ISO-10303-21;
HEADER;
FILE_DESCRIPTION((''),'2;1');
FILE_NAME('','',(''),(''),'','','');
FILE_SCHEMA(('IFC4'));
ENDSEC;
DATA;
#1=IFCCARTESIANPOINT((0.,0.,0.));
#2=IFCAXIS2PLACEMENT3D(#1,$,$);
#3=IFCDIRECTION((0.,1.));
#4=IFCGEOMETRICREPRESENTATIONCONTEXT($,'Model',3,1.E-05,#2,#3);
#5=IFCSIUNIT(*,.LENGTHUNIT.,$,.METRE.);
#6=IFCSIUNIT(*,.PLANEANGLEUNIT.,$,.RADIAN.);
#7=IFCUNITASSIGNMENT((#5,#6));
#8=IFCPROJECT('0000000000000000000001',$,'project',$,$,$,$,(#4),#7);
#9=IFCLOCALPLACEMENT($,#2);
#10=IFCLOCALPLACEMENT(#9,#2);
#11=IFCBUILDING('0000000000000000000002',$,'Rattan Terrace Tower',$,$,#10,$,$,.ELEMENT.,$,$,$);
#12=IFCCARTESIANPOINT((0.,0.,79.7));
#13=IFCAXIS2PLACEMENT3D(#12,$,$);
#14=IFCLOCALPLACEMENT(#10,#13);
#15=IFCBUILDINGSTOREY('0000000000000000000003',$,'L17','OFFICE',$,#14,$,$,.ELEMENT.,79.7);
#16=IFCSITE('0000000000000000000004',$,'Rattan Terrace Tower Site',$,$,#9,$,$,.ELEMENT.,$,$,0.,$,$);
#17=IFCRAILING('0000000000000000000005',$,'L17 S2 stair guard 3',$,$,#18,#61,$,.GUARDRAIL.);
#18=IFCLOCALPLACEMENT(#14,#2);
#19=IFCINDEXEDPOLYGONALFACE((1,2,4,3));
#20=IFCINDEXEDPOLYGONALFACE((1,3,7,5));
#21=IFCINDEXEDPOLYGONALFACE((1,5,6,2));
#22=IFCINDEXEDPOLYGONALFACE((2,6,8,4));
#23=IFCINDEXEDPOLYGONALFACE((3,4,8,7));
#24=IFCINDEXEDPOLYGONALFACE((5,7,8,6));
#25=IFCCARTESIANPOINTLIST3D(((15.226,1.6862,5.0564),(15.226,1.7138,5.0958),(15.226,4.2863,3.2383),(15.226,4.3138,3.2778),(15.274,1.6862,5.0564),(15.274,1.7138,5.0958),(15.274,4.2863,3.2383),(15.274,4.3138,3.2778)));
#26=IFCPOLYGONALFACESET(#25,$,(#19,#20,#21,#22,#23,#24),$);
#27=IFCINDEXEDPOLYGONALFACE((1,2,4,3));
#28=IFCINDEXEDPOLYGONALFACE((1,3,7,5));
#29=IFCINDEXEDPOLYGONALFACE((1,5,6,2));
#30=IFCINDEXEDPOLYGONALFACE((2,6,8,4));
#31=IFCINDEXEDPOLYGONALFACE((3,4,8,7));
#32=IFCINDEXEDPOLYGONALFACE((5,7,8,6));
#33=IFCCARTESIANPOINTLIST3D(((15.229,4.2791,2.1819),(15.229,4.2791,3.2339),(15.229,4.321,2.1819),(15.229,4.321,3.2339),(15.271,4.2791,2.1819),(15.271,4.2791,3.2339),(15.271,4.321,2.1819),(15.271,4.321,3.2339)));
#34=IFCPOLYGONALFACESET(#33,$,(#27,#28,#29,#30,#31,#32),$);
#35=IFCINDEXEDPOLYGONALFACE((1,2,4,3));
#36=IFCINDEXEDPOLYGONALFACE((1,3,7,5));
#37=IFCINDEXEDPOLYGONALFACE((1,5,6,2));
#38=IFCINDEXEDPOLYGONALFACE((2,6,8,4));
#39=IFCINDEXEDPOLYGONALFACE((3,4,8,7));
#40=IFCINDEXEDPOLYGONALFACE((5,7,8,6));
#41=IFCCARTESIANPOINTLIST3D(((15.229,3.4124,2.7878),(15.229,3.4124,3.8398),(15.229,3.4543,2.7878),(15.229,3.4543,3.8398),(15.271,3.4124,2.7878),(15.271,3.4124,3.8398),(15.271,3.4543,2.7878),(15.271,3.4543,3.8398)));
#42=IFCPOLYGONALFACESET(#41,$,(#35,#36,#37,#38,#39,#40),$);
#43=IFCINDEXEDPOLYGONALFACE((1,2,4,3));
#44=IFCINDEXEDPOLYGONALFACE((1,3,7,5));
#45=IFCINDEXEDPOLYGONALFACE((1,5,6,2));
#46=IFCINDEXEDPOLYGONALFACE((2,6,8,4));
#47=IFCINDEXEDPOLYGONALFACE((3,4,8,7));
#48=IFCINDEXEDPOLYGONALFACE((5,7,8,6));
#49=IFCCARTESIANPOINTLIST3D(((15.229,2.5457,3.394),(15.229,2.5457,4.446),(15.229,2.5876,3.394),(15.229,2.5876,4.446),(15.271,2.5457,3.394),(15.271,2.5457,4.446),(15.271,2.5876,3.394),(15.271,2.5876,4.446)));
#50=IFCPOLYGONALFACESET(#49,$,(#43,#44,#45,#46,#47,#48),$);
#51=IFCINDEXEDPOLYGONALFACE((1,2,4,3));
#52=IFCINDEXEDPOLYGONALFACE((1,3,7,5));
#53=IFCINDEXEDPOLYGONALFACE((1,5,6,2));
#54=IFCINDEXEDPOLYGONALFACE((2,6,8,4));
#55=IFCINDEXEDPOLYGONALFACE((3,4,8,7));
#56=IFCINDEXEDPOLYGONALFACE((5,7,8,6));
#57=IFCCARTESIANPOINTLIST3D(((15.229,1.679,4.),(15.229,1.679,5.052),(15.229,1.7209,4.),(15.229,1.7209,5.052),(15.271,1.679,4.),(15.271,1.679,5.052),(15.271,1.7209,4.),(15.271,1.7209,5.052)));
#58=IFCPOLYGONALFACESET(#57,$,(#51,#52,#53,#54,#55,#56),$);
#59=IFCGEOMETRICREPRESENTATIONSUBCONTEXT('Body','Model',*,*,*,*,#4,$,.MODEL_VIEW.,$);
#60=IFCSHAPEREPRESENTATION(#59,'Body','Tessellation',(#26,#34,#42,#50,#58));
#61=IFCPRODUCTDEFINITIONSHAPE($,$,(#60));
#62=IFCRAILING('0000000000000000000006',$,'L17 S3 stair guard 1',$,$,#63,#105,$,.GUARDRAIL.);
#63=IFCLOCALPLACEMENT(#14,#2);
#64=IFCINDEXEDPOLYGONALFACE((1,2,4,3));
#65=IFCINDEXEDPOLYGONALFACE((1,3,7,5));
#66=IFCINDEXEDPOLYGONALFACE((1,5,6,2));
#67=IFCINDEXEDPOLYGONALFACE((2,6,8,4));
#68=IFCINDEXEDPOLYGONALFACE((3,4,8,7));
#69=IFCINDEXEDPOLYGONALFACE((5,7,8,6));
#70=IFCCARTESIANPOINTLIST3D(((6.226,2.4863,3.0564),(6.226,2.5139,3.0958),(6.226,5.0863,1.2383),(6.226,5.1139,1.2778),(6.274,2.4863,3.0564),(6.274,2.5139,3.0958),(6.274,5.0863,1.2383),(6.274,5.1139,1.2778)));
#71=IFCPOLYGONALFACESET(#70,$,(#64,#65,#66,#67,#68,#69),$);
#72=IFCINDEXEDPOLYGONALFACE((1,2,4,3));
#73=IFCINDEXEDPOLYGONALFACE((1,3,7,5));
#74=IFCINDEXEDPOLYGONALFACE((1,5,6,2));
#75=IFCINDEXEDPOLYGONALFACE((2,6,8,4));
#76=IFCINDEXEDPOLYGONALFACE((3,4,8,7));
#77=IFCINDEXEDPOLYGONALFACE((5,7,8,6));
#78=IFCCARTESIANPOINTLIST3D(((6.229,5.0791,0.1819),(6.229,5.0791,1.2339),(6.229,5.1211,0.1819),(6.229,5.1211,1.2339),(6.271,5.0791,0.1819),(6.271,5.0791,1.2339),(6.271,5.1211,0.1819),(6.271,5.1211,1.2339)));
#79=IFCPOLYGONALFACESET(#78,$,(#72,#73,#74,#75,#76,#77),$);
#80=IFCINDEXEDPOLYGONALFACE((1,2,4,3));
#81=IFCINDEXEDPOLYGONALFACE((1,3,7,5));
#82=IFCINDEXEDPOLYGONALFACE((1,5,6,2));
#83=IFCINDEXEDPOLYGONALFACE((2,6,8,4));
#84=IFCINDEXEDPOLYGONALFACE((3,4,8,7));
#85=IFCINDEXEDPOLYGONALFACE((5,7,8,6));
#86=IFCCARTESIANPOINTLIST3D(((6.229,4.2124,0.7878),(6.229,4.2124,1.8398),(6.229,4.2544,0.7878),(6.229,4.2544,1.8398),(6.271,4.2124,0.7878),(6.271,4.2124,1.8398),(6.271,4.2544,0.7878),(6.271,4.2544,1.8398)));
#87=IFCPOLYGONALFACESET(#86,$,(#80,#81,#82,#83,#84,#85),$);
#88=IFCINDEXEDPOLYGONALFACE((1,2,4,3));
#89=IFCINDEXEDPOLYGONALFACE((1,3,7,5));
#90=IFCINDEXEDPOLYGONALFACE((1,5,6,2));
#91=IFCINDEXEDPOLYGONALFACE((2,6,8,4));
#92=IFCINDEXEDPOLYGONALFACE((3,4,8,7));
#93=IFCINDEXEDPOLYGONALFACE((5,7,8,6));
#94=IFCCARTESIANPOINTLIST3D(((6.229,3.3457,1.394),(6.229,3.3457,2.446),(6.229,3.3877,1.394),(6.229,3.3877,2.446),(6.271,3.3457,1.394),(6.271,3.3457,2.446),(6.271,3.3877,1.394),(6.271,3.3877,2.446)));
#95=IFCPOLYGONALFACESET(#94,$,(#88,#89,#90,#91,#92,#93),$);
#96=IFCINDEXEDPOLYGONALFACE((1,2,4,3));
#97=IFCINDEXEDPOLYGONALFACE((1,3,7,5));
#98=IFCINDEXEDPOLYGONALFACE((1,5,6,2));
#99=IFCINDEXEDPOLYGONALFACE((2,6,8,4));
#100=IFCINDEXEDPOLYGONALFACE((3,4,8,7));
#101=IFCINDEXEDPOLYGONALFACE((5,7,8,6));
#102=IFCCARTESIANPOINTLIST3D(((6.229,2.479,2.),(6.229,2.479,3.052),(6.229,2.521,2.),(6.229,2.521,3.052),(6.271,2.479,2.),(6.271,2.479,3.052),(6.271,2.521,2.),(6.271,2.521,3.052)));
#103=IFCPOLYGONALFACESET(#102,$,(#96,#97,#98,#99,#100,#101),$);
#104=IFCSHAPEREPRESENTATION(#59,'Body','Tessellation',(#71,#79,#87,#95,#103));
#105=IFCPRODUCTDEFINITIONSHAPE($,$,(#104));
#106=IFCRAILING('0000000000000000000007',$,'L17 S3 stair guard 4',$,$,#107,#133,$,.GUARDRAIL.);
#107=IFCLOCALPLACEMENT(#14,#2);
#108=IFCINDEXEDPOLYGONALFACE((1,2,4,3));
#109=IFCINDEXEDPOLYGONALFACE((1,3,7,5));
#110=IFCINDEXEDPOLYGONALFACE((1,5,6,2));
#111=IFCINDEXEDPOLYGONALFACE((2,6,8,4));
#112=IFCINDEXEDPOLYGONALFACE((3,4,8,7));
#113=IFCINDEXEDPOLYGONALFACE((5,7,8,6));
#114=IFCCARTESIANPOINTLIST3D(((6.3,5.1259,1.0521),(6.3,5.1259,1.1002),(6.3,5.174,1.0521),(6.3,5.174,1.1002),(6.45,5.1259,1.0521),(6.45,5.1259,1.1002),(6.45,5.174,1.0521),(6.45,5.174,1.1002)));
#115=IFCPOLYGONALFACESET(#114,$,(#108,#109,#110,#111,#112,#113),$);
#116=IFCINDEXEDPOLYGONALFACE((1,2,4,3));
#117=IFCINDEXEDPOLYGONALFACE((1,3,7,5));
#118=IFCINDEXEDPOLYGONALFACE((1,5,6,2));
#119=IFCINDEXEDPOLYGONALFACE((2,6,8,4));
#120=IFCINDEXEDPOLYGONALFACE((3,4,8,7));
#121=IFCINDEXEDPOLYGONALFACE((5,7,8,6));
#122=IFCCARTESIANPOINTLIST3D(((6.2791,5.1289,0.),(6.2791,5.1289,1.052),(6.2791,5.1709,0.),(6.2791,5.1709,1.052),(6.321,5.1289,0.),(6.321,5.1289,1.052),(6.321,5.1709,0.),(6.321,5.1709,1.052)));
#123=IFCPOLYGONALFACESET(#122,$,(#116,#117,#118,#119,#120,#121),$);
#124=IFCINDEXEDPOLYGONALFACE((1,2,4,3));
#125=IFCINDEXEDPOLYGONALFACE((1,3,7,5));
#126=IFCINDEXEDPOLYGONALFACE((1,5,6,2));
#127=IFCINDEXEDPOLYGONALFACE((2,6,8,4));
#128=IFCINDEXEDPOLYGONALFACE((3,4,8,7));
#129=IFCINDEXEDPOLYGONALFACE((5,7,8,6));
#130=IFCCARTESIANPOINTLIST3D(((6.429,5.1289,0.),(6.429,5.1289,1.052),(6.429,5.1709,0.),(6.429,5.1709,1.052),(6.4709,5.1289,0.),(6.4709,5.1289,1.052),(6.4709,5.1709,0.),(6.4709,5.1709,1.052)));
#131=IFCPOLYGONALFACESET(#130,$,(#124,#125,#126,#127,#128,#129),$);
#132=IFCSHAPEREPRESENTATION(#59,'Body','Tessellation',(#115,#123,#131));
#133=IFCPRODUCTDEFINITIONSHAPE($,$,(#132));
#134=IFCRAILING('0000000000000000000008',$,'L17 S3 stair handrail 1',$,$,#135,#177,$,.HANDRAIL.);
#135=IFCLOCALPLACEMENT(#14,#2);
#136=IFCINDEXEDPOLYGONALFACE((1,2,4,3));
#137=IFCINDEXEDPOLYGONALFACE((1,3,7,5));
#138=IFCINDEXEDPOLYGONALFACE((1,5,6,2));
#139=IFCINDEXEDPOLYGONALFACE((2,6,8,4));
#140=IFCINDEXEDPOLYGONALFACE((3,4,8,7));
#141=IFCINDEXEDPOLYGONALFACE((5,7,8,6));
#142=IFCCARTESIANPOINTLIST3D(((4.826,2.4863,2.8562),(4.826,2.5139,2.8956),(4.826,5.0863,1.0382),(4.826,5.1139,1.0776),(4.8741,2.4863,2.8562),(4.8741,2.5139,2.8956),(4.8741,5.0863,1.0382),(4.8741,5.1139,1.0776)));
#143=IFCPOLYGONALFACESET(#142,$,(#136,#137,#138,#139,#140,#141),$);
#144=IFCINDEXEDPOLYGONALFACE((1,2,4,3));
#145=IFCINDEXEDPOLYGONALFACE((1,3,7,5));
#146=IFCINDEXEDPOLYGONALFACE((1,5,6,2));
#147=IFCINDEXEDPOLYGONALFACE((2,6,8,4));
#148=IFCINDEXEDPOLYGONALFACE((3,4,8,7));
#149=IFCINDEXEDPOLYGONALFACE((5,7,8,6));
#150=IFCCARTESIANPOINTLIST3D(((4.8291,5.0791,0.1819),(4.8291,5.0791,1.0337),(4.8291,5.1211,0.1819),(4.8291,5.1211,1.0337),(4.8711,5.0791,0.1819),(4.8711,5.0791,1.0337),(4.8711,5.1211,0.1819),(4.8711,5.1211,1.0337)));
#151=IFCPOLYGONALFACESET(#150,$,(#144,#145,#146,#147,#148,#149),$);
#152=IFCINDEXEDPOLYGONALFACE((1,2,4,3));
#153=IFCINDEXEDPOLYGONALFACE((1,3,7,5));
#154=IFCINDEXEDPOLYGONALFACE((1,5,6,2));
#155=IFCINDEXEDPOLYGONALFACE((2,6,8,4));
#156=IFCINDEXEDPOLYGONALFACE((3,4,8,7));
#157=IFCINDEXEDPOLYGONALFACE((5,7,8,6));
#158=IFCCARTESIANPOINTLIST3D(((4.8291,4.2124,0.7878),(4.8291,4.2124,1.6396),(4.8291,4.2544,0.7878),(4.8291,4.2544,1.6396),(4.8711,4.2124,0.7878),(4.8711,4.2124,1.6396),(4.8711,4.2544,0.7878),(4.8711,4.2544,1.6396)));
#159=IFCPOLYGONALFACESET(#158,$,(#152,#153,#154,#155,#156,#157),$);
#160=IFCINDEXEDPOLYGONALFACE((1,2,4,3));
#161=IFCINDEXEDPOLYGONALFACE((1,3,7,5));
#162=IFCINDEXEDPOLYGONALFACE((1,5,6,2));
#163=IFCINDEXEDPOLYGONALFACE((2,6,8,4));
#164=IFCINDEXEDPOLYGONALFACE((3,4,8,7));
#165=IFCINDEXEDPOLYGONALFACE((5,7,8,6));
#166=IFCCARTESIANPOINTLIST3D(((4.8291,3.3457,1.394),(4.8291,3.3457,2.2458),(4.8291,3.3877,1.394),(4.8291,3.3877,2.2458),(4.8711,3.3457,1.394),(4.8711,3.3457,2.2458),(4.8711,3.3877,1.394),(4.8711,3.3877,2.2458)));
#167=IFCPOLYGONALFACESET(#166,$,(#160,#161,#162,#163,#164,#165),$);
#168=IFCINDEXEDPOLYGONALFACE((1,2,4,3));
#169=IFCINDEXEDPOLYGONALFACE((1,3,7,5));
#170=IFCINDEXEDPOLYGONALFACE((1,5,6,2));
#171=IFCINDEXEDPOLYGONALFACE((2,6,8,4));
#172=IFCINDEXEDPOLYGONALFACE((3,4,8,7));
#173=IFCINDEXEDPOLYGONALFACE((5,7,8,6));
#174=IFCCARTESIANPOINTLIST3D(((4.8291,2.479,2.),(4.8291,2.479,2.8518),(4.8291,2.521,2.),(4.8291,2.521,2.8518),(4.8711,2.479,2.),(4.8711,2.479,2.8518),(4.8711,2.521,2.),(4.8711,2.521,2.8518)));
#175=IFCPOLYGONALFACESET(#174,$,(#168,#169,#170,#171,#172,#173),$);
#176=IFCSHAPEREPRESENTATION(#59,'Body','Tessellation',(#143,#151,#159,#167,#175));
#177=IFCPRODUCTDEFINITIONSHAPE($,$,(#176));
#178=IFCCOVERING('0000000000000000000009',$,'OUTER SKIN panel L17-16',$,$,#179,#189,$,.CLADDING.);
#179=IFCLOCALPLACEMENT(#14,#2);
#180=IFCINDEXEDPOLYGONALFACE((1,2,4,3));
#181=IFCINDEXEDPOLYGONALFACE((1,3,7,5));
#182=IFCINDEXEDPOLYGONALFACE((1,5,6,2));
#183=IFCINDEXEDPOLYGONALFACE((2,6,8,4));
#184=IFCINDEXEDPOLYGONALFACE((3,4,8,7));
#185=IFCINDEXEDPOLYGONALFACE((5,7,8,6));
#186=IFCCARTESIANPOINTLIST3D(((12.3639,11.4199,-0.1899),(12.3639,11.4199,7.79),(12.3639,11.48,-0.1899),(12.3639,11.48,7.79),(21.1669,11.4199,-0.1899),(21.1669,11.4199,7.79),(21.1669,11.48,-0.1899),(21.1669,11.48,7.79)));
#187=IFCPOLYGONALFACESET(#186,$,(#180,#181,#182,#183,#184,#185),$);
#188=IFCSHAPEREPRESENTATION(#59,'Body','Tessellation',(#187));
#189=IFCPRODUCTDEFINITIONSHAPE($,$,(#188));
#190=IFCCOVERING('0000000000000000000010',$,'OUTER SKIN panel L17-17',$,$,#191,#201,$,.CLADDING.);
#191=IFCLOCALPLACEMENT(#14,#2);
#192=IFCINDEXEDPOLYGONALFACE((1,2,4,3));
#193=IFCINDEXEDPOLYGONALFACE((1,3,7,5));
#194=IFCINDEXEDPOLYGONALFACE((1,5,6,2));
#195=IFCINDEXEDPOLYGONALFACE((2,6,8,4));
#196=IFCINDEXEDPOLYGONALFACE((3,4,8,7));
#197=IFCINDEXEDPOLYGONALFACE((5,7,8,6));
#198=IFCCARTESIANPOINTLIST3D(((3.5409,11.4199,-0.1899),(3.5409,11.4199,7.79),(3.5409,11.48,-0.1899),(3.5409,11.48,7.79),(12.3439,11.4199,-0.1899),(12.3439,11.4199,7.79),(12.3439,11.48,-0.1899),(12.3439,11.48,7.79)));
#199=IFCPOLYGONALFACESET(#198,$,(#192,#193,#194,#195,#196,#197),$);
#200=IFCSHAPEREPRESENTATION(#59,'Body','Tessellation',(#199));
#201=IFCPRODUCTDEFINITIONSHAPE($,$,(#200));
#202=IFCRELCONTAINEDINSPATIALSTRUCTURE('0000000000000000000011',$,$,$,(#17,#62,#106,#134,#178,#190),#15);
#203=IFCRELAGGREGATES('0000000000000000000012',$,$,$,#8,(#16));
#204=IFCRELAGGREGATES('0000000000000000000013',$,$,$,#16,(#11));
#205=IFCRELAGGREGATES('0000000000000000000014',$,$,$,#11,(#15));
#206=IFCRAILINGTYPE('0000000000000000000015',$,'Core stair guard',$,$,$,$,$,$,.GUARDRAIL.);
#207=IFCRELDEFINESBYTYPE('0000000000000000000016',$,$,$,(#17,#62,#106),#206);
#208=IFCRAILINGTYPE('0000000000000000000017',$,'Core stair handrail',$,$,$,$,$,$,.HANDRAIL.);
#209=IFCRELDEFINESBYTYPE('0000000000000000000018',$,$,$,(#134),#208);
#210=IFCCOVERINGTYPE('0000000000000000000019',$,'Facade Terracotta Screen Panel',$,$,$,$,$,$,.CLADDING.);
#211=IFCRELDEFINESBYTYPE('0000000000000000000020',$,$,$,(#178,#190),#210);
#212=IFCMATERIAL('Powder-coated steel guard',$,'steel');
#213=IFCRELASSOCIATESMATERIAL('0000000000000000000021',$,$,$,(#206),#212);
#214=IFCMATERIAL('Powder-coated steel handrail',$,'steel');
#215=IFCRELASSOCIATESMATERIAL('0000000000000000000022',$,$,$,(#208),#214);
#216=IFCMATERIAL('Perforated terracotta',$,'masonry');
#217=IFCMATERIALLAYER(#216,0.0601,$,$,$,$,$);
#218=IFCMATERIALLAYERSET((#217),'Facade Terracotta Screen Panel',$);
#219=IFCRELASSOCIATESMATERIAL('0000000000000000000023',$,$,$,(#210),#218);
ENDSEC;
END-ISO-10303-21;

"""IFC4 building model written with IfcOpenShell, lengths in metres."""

from ifc_helpers import new_model, si_unit, direction, frame, origin, origin_2d, place, context, subcontext, project, spatial, rectangle, extrude, material, layer, layer_set, type_object, element, save


model = new_model("IFC4")

# Units and contexts
model_context = context("Model", 3, precision=1e-05, world=origin(), true_north=direction((0.0, 1.0)))
body_context = subcontext(model_context, "Body", "Model", "MODEL_VIEW")
ifc_project = project(units=[si_unit("LENGTHUNIT", "METRE"), si_unit("PLANEANGLEUNIT", "RADIAN")], contexts=[model_context])

# Site, building, storey
site_placement = place(None, origin())
site = spatial("IfcSite", under=ifc_project, at=site_placement, Name="Rattan Terrace Tower Site", CompositionType="ELEMENT", RefElevation=0.0)
building_placement = place(site_placement, origin())
building = spatial("IfcBuilding", under=site, at=building_placement, Name="Rattan Terrace Tower", CompositionType="ELEMENT")
storey_placement = place(building_placement, frame((0.0, 0.0, 79.7)))
storey = spatial("IfcBuildingStorey", under=building, at=storey_placement, Name="L17", Description="OFFICE", CompositionType="ELEMENT", Elevation=79.7)

# Railings
ifc_material_1 = material(Name="Powder-coated steel guard", Category="steel")
railing_type_1 = type_object("IfcRailingType", Name="Core stair guard", PredefinedType="GUARDRAIL", material=ifc_material_1)
for number, where, name in (
    (1, (15.25, 4.3, 2.1819), "L17 S2 stair guard 3"),
    (2, (6.25, 5.1001, 0.1819), "L17 S3 stair guard 1"),
):
    element("IfcRailing", number, at=place(storey_placement, frame(where)), inside=storey, type_object=railing_type_1, Name=name, PredefinedType="GUARDRAIL", context=body_context, shape_type="SweptSolid", body=[
        extrude(rectangle(XDim=0.0481, YDim=0.0481, at=origin_2d()), frame((0.0, 0.0, 1.0762), z_axis=(0.0, -0.819521, 0.573049), x_axis=(1.0, 0.0, 0.0)), (0.0, 0.0, 1.0), 3.1726),
        extrude(rectangle(XDim=0.042, YDim=0.042, at=origin_2d()), origin(), (0.0, 0.0, 1.0), 1.052),
        extrude(rectangle(XDim=0.042, YDim=0.042, at=origin_2d()), frame((0.0, -0.8667, 0.606)), (0.0, 0.0, 1.0), 1.052),
        extrude(rectangle(XDim=0.042, YDim=0.042, at=origin_2d()), frame((0.0, -1.7334, 1.2122)), (0.0, 0.0, 1.0), 1.052),
        extrude(rectangle(XDim=0.042, YDim=0.042, at=origin_2d()), frame((0.0, -2.6001, 1.8181)), (0.0, 0.0, 1.0), 1.052),
    ])
railing_1_placement = place(storey_placement, frame((6.3, 5.1499, 0.0)))
element("IfcRailing", 3, at=railing_1_placement, inside=storey, type_object=railing_type_1, Name="L17 S3 stair guard 4", PredefinedType="GUARDRAIL", context=body_context, shape_type="SweptSolid", body=[
    extrude(rectangle(XDim=0.0481, YDim=0.0481, at=origin_2d()), frame((0.0, 0.0, 1.0762), z_axis=(1.0, 0.0, 0.0), x_axis=(0.0, 1.0, 0.0)), (0.0, 0.0, 1.0), 0.1499),
    extrude(rectangle(XDim=0.042, YDim=0.042, at=origin_2d()), origin(), (0.0, 0.0, 1.0), 1.052),
    extrude(rectangle(XDim=0.042, YDim=0.042, at=origin_2d()), frame((0.1499, 0.0, 0.0)), (0.0, 0.0, 1.0), 1.052),
])
ifc_material_2 = material(Name="Powder-coated steel handrail", Category="steel")
railing_type_2 = type_object("IfcRailingType", Name="Core stair handrail", PredefinedType="HANDRAIL", material=ifc_material_2)
railing_2_placement = place(storey_placement, frame((4.8501, 5.1001, 0.1819)))
element("IfcRailing", 4, at=railing_2_placement, inside=storey, type_object=railing_type_2, Name="L17 S3 stair handrail 1", PredefinedType="HANDRAIL", context=body_context, shape_type="SweptSolid", body=[
    extrude(rectangle(XDim=0.0481, YDim=0.0481, at=origin_2d()), frame((0.0, 0.0, 0.876), z_axis=(0.0, -0.819521, 0.573049), x_axis=(1.0, 0.0, 0.0)), (0.0, 0.0, 1.0), 3.1726),
    extrude(rectangle(XDim=0.042, YDim=0.042, at=origin_2d()), origin(), (0.0, 0.0, 1.0), 0.8518),
    extrude(rectangle(XDim=0.042, YDim=0.042, at=origin_2d()), frame((0.0, -0.8667, 0.606)), (0.0, 0.0, 1.0), 0.8518),
    extrude(rectangle(XDim=0.042, YDim=0.042, at=origin_2d()), frame((0.0, -1.7334, 1.2122)), (0.0, 0.0, 1.0), 0.8518),
    extrude(rectangle(XDim=0.042, YDim=0.042, at=origin_2d()), frame((0.0, -2.6001, 1.8181)), (0.0, 0.0, 1.0), 0.8518),
])

# Coverings
ifc_material_3 = material(Name="Perforated terracotta", Category="masonry")
ifc_layer_1 = layer(ifc_material_3, 0.0601)
ifc_layer_set_1 = layer_set([ifc_layer_1], Name="Facade Terracotta Screen Panel")
covering_type = type_object("IfcCoveringType", Name="Facade Terracotta Screen Panel", PredefinedType="CLADDING", material=ifc_layer_set_1)
for number, where, z_axis, x_axis, name in (
    (5, (16.7654, 11.45, -0.1899), (0.0, 0.0, 1.0), (-1.0, 0.0, 0.0), "OUTER SKIN panel L17-16"),
    (6, (7.9424, 11.45, -0.1899), (0.0, 0.0, 1.0), (-1.0, 0.0, 0.0), "OUTER SKIN panel L17-17"),
):
    element("IfcCovering", number, at=place(storey_placement, frame(where, z_axis=z_axis, x_axis=x_axis)), inside=storey, type_object=covering_type, Name=name, PredefinedType="CLADDING", context=body_context, shape_type="SweptSolid", body=[
        extrude(rectangle(XDim=8.803, YDim=0.0601, at=origin_2d()), origin(), (0.0, 0.0, 1.0), 7.98),
    ])

save(model, "model.ifc")
